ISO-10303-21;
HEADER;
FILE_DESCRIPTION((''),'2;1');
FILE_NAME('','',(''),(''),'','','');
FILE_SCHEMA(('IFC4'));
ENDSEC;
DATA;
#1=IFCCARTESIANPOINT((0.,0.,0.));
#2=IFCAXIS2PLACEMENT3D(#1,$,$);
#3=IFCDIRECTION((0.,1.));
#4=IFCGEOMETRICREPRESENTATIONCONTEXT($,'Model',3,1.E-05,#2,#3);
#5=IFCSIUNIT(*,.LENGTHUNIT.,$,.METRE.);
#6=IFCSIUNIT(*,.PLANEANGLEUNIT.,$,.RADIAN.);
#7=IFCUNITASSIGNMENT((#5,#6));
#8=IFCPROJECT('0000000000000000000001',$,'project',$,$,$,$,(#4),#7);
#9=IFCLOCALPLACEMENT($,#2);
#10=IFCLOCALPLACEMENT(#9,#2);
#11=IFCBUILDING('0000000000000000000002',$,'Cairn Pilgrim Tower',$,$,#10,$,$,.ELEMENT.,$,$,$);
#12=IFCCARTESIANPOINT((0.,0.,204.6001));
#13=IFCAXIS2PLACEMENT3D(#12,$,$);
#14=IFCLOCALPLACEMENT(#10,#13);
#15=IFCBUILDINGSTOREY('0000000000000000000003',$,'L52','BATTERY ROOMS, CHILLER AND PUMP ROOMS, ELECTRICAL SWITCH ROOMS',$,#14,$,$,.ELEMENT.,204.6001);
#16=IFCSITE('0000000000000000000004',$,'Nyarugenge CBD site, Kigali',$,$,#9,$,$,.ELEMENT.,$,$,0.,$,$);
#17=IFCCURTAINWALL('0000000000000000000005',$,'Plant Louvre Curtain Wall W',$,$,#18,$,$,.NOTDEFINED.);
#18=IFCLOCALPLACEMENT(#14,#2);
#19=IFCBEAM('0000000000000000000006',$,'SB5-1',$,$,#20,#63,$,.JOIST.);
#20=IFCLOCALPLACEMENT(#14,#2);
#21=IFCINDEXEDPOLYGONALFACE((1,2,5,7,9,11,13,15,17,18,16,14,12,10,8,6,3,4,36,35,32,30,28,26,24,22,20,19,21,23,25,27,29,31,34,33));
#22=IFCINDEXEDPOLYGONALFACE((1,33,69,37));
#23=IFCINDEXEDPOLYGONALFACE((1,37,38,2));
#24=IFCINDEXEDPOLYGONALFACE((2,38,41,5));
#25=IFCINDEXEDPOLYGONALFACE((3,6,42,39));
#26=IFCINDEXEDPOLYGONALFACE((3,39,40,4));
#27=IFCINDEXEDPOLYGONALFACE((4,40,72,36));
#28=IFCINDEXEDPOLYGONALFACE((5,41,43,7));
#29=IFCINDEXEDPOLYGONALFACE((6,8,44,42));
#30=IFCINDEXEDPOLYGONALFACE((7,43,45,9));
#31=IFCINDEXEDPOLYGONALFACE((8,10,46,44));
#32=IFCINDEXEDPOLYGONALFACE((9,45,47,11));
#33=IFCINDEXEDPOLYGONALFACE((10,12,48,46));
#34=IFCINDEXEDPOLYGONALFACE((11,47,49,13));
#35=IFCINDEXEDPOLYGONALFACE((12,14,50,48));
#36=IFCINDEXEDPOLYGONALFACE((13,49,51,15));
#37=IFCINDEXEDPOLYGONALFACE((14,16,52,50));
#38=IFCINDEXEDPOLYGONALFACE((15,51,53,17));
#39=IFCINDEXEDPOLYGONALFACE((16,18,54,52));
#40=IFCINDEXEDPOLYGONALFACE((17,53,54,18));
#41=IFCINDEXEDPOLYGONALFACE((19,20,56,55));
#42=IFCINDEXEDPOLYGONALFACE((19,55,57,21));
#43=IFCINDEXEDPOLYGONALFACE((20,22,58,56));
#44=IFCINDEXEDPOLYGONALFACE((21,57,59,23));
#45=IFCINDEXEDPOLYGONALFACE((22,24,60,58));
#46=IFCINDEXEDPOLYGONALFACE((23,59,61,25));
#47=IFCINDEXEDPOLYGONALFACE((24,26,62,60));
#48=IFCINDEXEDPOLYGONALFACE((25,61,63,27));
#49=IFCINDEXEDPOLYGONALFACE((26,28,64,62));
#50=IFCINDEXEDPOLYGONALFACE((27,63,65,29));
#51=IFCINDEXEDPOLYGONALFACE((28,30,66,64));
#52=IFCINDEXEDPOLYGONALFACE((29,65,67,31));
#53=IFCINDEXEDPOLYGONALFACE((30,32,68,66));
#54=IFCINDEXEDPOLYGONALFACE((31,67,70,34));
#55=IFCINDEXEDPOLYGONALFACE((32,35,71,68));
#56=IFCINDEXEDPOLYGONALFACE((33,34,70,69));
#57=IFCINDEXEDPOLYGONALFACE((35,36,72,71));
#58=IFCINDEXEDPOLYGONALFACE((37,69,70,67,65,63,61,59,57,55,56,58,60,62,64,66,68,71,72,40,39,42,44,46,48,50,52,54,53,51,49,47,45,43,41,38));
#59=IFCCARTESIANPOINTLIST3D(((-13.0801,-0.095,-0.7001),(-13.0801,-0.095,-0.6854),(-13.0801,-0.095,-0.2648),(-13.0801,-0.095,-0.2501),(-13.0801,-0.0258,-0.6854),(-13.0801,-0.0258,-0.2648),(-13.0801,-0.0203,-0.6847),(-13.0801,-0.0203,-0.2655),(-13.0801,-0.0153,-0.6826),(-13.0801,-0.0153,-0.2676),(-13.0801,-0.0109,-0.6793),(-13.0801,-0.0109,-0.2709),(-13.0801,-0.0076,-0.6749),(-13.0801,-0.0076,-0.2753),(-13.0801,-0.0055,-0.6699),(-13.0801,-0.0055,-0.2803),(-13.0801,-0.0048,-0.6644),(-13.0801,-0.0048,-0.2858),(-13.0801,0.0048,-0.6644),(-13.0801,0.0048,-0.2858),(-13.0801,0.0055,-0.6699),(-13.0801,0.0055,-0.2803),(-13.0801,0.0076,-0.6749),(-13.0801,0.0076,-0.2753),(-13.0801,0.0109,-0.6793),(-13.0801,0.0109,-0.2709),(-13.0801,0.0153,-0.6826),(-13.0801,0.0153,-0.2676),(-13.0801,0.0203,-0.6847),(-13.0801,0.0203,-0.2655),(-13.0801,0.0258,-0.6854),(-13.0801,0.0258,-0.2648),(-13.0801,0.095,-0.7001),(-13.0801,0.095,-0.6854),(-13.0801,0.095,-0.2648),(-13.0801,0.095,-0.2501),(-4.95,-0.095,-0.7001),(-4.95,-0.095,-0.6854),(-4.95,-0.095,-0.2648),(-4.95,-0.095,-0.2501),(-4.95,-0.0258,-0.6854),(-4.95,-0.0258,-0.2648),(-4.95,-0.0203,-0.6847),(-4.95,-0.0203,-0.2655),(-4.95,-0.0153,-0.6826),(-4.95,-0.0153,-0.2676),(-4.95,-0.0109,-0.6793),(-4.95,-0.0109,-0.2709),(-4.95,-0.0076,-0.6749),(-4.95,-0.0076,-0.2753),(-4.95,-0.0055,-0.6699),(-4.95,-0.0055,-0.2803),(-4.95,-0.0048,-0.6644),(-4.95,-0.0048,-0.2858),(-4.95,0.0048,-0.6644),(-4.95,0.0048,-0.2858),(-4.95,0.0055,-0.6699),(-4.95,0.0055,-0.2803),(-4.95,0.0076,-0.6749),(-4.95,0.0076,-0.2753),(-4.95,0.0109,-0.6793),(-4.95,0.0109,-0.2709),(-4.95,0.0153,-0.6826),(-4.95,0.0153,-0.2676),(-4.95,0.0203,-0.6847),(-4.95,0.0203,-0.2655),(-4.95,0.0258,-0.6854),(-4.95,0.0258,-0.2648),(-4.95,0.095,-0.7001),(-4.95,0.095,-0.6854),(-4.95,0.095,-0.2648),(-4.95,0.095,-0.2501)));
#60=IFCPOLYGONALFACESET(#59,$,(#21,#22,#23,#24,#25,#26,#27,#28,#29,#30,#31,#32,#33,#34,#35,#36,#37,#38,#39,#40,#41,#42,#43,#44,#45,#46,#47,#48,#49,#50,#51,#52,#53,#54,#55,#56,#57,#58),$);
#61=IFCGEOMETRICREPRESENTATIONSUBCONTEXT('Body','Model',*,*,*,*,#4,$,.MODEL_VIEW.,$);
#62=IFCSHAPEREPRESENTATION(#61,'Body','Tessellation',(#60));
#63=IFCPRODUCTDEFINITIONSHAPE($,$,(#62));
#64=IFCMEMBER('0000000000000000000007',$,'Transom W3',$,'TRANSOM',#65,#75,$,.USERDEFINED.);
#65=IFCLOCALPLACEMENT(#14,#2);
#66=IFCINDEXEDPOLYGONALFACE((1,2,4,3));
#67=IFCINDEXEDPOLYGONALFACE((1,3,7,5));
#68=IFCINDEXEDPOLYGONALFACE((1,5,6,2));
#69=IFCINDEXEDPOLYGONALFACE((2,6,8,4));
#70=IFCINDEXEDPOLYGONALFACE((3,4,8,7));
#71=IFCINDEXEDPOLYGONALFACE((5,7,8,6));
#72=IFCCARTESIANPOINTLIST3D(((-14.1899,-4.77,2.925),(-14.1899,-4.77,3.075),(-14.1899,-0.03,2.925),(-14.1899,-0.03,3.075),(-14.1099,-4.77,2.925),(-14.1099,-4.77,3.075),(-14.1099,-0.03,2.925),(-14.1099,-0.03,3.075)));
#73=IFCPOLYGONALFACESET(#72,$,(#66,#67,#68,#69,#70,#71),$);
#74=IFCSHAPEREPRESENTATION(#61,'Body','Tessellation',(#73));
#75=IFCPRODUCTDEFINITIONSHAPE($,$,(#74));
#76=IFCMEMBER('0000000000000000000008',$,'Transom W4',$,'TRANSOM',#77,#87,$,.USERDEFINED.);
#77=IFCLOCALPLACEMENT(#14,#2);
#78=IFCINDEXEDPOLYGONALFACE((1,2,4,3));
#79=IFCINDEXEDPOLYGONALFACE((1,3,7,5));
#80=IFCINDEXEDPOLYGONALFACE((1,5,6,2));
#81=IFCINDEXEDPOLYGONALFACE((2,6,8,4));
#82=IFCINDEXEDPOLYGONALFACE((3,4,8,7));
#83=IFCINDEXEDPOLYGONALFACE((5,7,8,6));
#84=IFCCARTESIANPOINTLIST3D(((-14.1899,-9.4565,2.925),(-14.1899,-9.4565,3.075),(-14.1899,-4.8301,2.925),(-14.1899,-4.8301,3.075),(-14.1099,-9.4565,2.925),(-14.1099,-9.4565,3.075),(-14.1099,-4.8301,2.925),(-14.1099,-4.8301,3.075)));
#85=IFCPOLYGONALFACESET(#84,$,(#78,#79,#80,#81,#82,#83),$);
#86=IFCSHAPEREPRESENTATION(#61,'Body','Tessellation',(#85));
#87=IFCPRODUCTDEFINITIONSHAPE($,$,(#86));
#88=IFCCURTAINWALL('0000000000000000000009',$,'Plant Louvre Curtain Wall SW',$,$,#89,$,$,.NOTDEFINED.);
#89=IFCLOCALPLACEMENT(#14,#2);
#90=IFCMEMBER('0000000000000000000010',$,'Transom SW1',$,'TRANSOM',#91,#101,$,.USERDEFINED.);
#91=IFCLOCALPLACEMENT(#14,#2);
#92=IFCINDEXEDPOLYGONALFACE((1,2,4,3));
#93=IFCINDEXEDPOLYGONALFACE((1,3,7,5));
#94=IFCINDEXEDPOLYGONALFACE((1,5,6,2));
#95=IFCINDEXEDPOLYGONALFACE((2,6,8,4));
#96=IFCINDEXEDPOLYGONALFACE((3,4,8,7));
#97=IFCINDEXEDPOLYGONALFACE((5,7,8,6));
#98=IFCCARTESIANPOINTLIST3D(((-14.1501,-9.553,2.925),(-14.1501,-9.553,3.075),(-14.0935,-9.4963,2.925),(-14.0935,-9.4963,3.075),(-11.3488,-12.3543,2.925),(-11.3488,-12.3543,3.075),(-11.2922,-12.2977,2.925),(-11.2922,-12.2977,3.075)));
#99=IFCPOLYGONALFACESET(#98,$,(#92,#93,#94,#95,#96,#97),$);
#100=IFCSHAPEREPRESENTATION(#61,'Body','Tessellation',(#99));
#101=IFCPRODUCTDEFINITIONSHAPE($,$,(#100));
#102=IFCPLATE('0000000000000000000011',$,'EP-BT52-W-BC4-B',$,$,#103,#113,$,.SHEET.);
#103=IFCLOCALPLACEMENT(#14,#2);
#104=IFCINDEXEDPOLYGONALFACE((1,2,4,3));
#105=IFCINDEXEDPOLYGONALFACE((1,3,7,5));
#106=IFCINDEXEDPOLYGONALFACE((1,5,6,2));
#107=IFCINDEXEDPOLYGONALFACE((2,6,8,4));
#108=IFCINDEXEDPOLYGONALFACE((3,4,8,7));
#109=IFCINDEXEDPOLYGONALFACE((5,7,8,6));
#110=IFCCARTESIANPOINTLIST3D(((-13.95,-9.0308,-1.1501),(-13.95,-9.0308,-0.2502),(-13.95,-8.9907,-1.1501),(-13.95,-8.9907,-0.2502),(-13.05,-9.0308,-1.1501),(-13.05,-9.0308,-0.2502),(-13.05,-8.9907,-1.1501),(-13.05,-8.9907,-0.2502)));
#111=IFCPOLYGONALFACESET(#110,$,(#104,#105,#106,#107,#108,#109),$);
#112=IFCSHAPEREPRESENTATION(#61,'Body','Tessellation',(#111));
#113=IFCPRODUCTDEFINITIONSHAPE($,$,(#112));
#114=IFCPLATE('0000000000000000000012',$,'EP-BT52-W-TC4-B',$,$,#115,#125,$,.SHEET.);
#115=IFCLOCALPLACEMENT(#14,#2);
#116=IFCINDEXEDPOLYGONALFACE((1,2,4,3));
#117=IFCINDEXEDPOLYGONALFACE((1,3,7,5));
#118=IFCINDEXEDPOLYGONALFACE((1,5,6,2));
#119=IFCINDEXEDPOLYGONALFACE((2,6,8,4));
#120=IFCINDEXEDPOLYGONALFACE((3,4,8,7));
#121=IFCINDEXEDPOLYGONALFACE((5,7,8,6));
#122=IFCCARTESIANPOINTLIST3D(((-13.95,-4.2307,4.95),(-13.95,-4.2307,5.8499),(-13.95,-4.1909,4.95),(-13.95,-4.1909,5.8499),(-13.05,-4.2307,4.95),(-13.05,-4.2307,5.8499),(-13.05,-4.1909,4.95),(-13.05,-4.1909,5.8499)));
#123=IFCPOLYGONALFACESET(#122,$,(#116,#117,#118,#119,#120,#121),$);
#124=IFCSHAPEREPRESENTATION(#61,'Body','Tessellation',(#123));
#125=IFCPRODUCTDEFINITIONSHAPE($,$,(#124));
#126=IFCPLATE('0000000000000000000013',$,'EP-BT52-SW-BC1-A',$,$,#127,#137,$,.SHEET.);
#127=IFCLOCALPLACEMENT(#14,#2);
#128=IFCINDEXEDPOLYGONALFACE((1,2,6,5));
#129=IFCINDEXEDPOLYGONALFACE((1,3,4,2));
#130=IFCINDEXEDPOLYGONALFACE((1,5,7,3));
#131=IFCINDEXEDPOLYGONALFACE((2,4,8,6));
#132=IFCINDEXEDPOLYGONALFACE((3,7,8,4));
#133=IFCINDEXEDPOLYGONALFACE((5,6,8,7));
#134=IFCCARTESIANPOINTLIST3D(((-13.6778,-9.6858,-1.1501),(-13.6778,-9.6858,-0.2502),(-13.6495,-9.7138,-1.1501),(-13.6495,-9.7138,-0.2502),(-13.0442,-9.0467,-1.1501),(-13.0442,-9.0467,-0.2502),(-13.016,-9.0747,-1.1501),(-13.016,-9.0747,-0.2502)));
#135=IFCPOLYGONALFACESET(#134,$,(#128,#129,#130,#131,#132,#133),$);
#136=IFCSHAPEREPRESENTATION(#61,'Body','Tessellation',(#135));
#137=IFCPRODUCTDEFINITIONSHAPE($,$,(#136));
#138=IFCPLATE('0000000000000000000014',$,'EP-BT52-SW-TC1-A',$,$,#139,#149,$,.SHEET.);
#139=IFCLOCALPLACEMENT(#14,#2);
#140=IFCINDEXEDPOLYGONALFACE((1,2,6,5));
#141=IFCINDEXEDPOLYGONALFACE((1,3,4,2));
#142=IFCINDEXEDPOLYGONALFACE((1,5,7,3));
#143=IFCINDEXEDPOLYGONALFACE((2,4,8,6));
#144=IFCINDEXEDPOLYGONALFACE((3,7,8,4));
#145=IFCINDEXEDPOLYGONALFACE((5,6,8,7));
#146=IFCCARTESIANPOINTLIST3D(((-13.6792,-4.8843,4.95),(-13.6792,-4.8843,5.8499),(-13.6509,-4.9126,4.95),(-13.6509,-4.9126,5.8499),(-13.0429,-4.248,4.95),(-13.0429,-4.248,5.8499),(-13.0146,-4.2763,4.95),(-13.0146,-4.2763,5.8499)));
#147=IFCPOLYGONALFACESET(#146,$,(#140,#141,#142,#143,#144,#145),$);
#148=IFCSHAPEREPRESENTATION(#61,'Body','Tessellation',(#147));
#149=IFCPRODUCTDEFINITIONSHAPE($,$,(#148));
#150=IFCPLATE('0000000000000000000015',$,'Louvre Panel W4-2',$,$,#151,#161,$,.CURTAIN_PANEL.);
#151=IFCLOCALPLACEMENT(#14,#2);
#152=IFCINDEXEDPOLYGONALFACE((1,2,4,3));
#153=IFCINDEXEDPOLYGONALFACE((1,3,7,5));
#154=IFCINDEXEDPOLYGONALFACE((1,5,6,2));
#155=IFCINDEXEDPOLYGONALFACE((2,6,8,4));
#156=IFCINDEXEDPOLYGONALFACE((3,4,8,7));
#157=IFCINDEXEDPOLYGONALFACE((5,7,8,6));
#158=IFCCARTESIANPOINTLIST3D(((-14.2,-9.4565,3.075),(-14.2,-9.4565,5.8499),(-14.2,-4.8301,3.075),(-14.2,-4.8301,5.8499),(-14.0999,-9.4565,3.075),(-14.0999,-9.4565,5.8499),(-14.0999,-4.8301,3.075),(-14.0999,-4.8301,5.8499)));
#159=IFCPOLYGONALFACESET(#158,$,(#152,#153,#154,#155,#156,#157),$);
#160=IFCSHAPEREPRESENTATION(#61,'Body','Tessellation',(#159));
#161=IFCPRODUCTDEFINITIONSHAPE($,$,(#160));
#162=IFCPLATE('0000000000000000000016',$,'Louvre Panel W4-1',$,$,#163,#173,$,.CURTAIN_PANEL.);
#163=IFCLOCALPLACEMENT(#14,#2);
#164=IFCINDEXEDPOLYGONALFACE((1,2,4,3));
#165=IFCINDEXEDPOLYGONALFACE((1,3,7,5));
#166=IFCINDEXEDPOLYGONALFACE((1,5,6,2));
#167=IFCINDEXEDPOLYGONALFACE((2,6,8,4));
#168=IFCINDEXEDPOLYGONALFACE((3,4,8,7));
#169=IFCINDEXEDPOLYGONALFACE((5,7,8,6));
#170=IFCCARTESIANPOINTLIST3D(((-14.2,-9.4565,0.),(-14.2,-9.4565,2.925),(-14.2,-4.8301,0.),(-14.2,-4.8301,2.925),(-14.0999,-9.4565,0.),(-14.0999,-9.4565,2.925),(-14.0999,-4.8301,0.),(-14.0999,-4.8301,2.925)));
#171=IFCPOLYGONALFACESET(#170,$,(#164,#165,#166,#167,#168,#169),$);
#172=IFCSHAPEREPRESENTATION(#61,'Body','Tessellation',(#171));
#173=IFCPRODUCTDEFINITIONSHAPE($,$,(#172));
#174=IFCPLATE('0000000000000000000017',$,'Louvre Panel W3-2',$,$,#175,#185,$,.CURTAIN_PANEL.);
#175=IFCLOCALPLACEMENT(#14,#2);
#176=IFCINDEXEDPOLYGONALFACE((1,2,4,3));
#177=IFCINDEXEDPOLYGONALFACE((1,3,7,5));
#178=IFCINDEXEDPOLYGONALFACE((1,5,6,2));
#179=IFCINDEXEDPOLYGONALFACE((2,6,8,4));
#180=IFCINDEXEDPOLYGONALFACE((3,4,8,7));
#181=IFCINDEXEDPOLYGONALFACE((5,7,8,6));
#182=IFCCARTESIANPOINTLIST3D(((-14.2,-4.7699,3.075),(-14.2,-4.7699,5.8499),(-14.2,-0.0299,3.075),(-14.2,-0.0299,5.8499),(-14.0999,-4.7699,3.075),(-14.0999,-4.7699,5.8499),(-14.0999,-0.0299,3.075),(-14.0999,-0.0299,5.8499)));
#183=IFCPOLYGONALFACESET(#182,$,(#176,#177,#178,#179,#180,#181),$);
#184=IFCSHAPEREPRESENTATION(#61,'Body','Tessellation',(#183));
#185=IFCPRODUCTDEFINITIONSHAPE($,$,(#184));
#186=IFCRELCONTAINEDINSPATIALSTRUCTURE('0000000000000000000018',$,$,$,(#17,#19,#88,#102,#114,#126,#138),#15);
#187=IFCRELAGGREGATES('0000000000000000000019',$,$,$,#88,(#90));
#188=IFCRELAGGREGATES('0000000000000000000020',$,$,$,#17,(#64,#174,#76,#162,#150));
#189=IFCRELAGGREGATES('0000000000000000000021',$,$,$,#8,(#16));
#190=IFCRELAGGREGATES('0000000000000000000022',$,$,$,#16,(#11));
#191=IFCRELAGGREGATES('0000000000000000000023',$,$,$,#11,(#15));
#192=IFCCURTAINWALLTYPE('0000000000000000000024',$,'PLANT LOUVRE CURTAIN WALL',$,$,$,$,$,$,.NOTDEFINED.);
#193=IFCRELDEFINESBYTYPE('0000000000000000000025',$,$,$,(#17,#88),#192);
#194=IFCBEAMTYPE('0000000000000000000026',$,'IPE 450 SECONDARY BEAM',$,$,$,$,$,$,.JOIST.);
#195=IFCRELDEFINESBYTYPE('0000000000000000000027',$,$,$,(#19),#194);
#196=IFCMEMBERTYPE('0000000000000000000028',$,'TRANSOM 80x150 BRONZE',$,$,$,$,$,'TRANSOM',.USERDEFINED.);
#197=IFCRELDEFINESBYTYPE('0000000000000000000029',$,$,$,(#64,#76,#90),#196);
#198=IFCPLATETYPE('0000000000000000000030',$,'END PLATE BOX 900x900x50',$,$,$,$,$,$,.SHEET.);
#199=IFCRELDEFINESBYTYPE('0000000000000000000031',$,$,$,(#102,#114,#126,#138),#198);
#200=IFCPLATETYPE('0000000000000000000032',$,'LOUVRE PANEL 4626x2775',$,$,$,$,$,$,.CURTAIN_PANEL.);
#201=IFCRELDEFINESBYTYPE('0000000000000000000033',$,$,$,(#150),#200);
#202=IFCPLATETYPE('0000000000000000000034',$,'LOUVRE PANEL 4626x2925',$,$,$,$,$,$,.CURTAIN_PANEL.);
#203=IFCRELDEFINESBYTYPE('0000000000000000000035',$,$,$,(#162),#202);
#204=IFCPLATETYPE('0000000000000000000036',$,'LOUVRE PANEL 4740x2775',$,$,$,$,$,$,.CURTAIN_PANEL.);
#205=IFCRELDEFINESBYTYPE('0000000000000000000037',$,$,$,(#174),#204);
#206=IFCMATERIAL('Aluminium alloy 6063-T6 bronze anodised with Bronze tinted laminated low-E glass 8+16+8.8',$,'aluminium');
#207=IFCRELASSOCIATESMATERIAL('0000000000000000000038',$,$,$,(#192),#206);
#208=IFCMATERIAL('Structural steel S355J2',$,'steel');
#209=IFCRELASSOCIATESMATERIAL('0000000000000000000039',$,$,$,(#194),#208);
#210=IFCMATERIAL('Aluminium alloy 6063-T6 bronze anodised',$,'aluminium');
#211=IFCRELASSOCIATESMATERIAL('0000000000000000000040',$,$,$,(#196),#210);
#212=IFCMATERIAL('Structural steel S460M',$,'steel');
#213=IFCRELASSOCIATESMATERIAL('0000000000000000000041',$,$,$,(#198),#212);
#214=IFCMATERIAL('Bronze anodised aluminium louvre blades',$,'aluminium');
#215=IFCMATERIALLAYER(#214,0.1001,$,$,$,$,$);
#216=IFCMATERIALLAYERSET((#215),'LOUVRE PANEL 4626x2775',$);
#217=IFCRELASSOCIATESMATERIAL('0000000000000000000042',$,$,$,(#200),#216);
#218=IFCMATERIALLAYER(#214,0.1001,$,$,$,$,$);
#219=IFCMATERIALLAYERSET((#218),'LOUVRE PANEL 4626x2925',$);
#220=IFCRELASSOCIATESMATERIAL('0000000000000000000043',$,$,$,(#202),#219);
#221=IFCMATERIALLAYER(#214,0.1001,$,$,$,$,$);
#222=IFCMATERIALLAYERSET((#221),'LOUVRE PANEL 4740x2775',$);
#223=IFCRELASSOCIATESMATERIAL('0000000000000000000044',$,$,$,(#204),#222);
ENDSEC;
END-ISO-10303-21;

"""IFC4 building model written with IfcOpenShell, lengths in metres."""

from ifc_helpers import new_model, si_unit, direction, frame, origin, origin_2d, place, context, subcontext, project, spatial, rectangle, i_section, extrude, material, layer, layer_set, material_profile, profile_set, type_object, element, aggregate, save


model = new_model("IFC4")

# Units and contexts
model_context = context("Model", 3, precision=1e-05, world=origin(), true_north=direction((0.0, 1.0)))
body_context = subcontext(model_context, "Body", "Model", "MODEL_VIEW")
ifc_project = project(units=[si_unit("LENGTHUNIT", "METRE"), si_unit("PLANEANGLEUNIT", "RADIAN")], contexts=[model_context])

# Site, building, storey
site_placement = place(None, origin())
site = spatial("IfcSite", under=ifc_project, at=site_placement, Name="Nyarugenge CBD site, Kigali", CompositionType="ELEMENT", RefElevation=0.0)
building_placement = place(site_placement, origin())
building = spatial("IfcBuilding", under=site, at=building_placement, Name="Cairn Pilgrim Tower", CompositionType="ELEMENT")
storey_placement = place(building_placement, frame((0.0, 0.0, 204.6001)))
storey = spatial("IfcBuildingStorey", under=building, at=storey_placement, Name="L52", Description="BATTERY ROOMS, CHILLER AND PUMP ROOMS, ELECTRICAL SWITCH ROOMS", CompositionType="ELEMENT", Elevation=204.6001)

# Shared definitions
ifc_material_1 = material(Name="Structural steel S460M", Category="steel")
ifc_material_2 = material(Name="Structural steel S355J2", Category="steel")

# Curtain wall
ifc_material_3 = material(Name="Aluminium alloy 6063-T6 bronze anodised with Bronze tinted laminated low-E glass 8+16+8.8", Category="aluminium")
curtain_wall_type = type_object("IfcCurtainWallType", Name="PLANT LOUVRE CURTAIN WALL", PredefinedType="NOTDEFINED", material=ifc_material_3)
curtain_wall_1_placement = place(storey_placement, origin())
curtain_wall_1 = element("IfcCurtainWall", 1, at=curtain_wall_1_placement, inside=storey, type_object=curtain_wall_type, Name="Plant Louvre Curtain Wall W", PredefinedType="NOTDEFINED")
ifc_material_4 = material(Name="Aluminium alloy 6063-T6 bronze anodised", Category="aluminium")

# Beam
ifc_material_profile_1 = material_profile(ifc_material_2, i_section(OverallWidth=0.1899, OverallDepth=0.45, WebThickness=0.0095, FlangeThickness=0.0146, FilletRadius=0.021, at=origin_2d()), Name="IPE 450")
ifc_profile_set_1 = profile_set([ifc_material_profile_1], Name="Structural steel S355J2")
beam_type_1 = type_object("IfcBeamType", Name="IPE 450 SECONDARY BEAM", PredefinedType="JOIST", material=ifc_profile_set_1)
for number, where, z_axis, x_axis, name in (
    (2, (-13.0801, 0.0, -0.4751), (1.0, 0.0, 0.0), (0.0, 1.0, 0.0), "SB5-1"),
):
    element("IfcBeam", number, at=place(storey_placement, frame(where, z_axis=z_axis, x_axis=x_axis)), inside=storey, type_object=beam_type_1, Name=name, PredefinedType="JOIST", context=body_context, shape_type="SweptSolid", body=[
        extrude(i_section(OverallWidth=0.1899, OverallDepth=0.45, WebThickness=0.0095, FlangeThickness=0.0146, FilletRadius=0.021, at=origin_2d()), origin(), (0.0, 0.0, 1.0), 8.1301),
    ])

# Members
ifc_material_profile_2 = material_profile(ifc_material_4, rectangle(XDim=0.0801, YDim=0.1499, at=origin_2d()), Name="TRANSOM 80x150 BRONZE")
ifc_profile_set_2 = profile_set([ifc_material_profile_2], Name="Aluminium alloy 6063-T6 bronze anodised")
member_type_1 = type_object("IfcMemberType", Name="TRANSOM 80x150 BRONZE", ElementType="TRANSOM", PredefinedType="USERDEFINED", material=ifc_profile_set_2)
member_1_placement = place(storey_placement, frame((-14.1499, -0.03, 3.0), z_axis=(0.0, -1.0, 0.0), x_axis=(1.0, 0.0, 0.0)))
member_1 = element("IfcMember", 3, at=member_1_placement, type_object=member_type_1, Name="Transom W3", ObjectType="TRANSOM", PredefinedType="USERDEFINED", context=body_context, shape_type="SweptSolid", body=[
    extrude(rectangle(XDim=0.0801, YDim=0.1499, at=origin_2d()), origin(), (0.0, 0.0, 1.0), 4.74),
])
member_2_placement = place(storey_placement, frame((-14.1499, -4.8301, 3.0), z_axis=(0.0, -1.0, 0.0), x_axis=(1.0, 0.0, 0.0)))
member_2 = element("IfcMember", 4, at=member_2_placement, type_object=member_type_1, Name="Transom W4", ObjectType="TRANSOM", PredefinedType="USERDEFINED", context=body_context, shape_type="SweptSolid", body=[
    extrude(rectangle(XDim=0.0801, YDim=0.1499, at=origin_2d()), origin(), (0.0, 0.0, 1.0), 4.6265),
])

# Curtain wall, member
curtain_wall_2_placement = place(storey_placement, origin())
curtain_wall_2 = element("IfcCurtainWall", 5, at=curtain_wall_2_placement, inside=storey, type_object=curtain_wall_type, Name="Plant Louvre Curtain Wall SW", PredefinedType="NOTDEFINED")
member_3_placement = place(storey_placement, frame((-14.1218, -9.5247, 3.0), z_axis=(0.707107, -0.707107, 0.0), x_axis=(0.707107, 0.707107, 0.0)))
member_3 = element("IfcMember", 6, at=member_3_placement, type_object=member_type_1, Name="Transom SW1", ObjectType="TRANSOM", PredefinedType="USERDEFINED", context=body_context, shape_type="SweptSolid", body=[
    extrude(rectangle(XDim=0.0801, YDim=0.1499, at=origin_2d()), origin(), (0.0, 0.0, 1.0), 3.9617),
])
aggregate(curtain_wall_2, [member_3])

# Plates
ifc_material_profile_3 = material_profile(ifc_material_1, rectangle(XDim=0.8999, YDim=0.8999, at=origin_2d()), Name="END PLATE BOX 900x900x50")
ifc_profile_set_3 = profile_set([ifc_material_profile_3], Name="Structural steel S460M")
plate_type_1 = type_object("IfcPlateType", Name="END PLATE BOX 900x900x50", PredefinedType="SHEET", material=ifc_profile_set_3)
plate_1_placement = place(storey_placement, frame((-13.5, -8.9907, -0.7002), z_axis=(0.0, -1.0, 0.0), x_axis=(1.0, 0.0, 0.0)))
element("IfcPlate", 7, at=plate_1_placement, inside=storey, type_object=plate_type_1, Name="EP-BT52-W-BC4-B", PredefinedType="SHEET", context=body_context, shape_type="SweptSolid", body=[
    extrude(rectangle(XDim=0.8999, YDim=0.8999, at=origin_2d()), origin(), (0.0, 0.0, 1.0), 0.04),
])
for number, where, z_axis, x_axis, name in (
    (8, (-13.5, -4.1909, 5.3999), (0.0, -1.0, 0.0), (1.0, 0.0, 0.0), "EP-BT52-W-TC4-B"),
    (9, (-13.3328, -9.3943, -0.7002), (-0.710161, 0.704039, 0.0), (-0.704039, -0.710161, 0.0), "EP-BT52-SW-BC1-A"),
):
    element("IfcPlate", number, at=place(storey_placement, frame(where, z_axis=z_axis, x_axis=x_axis)), inside=storey, type_object=plate_type_1, Name=name, PredefinedType="SHEET", context=body_context, shape_type="SweptSolid", body=[
        extrude(rectangle(XDim=0.8999, YDim=0.8999, at=origin_2d()), origin(), (0.0, 0.0, 1.0), 0.0398),
    ])
plate_2_placement = place(storey_placement, frame((-13.3328, -4.5945, 5.3999), z_axis=(-0.707107, 0.707107, 0.0), x_axis=(-0.707107, -0.707107, 0.0)))
element("IfcPlate", 10, at=plate_2_placement, inside=storey, type_object=plate_type_1, Name="EP-BT52-SW-TC1-A", PredefinedType="SHEET", context=body_context, shape_type="SweptSolid", body=[
    extrude(rectangle(XDim=0.8999, YDim=0.8999, at=origin_2d()), origin(), (0.0, 0.0, 1.0), 0.04),
])

# Plates
ifc_material_5 = material(Name="Bronze anodised aluminium louvre blades", Category="aluminium")
ifc_layer_1 = layer(ifc_material_5, 0.1001)
ifc_layer_set_1 = layer_set([ifc_layer_1], Name="LOUVRE PANEL 4626x2775")
plate_type_2 = type_object("IfcPlateType", Name="LOUVRE PANEL 4626x2775", PredefinedType="CURTAIN_PANEL", material=ifc_layer_set_1)
plate_3_placement = place(storey_placement, frame((-14.1499, -7.1433, 3.075), z_axis=(0.0, 0.0, 1.0), x_axis=(0.0, -1.0, 0.0)))
plate_3 = element("IfcPlate", 11, at=plate_3_placement, type_object=plate_type_2, Name="Louvre Panel W4-2", PredefinedType="CURTAIN_PANEL", context=body_context, shape_type="SweptSolid", body=[
    extrude(rectangle(XDim=4.6265, YDim=0.1001, at=origin_2d()), origin(), (0.0, 0.0, 1.0), 2.7749),
])
ifc_layer_2 = layer(ifc_material_5, 0.1001)
ifc_layer_set_2 = layer_set([ifc_layer_2], Name="LOUVRE PANEL 4626x2925")
plate_type_3 = type_object("IfcPlateType", Name="LOUVRE PANEL 4626x2925", PredefinedType="CURTAIN_PANEL", material=ifc_layer_set_2)
plate_4_placement = place(storey_placement, frame((-14.1499, -7.1433, 0.0), z_axis=(0.0, 0.0, 1.0), x_axis=(0.0, -1.0, 0.0)))
plate_4 = element("IfcPlate", 12, at=plate_4_placement, type_object=plate_type_3, Name="Louvre Panel W4-1", PredefinedType="CURTAIN_PANEL", context=body_context, shape_type="SweptSolid", body=[
    extrude(rectangle(XDim=4.6265, YDim=0.1001, at=origin_2d()), origin(), (0.0, 0.0, 1.0), 2.925),
])
ifc_layer_3 = layer(ifc_material_5, 0.1001)
ifc_layer_set_3 = layer_set([ifc_layer_3], Name="LOUVRE PANEL 4740x2775")
plate_type_4 = type_object("IfcPlateType", Name="LOUVRE PANEL 4740x2775", PredefinedType="CURTAIN_PANEL", material=ifc_layer_set_3)
plate_5_placement = place(storey_placement, frame((-14.1499, -2.3999, 3.075), z_axis=(0.0, 0.0, 1.0), x_axis=(0.0, -1.0, 0.0)))
plate_5 = element("IfcPlate", 13, at=plate_5_placement, type_object=plate_type_4, Name="Louvre Panel W3-2", PredefinedType="CURTAIN_PANEL", context=body_context, shape_type="SweptSolid", body=[
    extrude(rectangle(XDim=4.74, YDim=0.1001, at=origin_2d()), origin(), (0.0, 0.0, 1.0), 2.7749),
])
aggregate(curtain_wall_1, [member_1, plate_5, member_2, plate_4, plate_3])

save(model, "model.ifc")
